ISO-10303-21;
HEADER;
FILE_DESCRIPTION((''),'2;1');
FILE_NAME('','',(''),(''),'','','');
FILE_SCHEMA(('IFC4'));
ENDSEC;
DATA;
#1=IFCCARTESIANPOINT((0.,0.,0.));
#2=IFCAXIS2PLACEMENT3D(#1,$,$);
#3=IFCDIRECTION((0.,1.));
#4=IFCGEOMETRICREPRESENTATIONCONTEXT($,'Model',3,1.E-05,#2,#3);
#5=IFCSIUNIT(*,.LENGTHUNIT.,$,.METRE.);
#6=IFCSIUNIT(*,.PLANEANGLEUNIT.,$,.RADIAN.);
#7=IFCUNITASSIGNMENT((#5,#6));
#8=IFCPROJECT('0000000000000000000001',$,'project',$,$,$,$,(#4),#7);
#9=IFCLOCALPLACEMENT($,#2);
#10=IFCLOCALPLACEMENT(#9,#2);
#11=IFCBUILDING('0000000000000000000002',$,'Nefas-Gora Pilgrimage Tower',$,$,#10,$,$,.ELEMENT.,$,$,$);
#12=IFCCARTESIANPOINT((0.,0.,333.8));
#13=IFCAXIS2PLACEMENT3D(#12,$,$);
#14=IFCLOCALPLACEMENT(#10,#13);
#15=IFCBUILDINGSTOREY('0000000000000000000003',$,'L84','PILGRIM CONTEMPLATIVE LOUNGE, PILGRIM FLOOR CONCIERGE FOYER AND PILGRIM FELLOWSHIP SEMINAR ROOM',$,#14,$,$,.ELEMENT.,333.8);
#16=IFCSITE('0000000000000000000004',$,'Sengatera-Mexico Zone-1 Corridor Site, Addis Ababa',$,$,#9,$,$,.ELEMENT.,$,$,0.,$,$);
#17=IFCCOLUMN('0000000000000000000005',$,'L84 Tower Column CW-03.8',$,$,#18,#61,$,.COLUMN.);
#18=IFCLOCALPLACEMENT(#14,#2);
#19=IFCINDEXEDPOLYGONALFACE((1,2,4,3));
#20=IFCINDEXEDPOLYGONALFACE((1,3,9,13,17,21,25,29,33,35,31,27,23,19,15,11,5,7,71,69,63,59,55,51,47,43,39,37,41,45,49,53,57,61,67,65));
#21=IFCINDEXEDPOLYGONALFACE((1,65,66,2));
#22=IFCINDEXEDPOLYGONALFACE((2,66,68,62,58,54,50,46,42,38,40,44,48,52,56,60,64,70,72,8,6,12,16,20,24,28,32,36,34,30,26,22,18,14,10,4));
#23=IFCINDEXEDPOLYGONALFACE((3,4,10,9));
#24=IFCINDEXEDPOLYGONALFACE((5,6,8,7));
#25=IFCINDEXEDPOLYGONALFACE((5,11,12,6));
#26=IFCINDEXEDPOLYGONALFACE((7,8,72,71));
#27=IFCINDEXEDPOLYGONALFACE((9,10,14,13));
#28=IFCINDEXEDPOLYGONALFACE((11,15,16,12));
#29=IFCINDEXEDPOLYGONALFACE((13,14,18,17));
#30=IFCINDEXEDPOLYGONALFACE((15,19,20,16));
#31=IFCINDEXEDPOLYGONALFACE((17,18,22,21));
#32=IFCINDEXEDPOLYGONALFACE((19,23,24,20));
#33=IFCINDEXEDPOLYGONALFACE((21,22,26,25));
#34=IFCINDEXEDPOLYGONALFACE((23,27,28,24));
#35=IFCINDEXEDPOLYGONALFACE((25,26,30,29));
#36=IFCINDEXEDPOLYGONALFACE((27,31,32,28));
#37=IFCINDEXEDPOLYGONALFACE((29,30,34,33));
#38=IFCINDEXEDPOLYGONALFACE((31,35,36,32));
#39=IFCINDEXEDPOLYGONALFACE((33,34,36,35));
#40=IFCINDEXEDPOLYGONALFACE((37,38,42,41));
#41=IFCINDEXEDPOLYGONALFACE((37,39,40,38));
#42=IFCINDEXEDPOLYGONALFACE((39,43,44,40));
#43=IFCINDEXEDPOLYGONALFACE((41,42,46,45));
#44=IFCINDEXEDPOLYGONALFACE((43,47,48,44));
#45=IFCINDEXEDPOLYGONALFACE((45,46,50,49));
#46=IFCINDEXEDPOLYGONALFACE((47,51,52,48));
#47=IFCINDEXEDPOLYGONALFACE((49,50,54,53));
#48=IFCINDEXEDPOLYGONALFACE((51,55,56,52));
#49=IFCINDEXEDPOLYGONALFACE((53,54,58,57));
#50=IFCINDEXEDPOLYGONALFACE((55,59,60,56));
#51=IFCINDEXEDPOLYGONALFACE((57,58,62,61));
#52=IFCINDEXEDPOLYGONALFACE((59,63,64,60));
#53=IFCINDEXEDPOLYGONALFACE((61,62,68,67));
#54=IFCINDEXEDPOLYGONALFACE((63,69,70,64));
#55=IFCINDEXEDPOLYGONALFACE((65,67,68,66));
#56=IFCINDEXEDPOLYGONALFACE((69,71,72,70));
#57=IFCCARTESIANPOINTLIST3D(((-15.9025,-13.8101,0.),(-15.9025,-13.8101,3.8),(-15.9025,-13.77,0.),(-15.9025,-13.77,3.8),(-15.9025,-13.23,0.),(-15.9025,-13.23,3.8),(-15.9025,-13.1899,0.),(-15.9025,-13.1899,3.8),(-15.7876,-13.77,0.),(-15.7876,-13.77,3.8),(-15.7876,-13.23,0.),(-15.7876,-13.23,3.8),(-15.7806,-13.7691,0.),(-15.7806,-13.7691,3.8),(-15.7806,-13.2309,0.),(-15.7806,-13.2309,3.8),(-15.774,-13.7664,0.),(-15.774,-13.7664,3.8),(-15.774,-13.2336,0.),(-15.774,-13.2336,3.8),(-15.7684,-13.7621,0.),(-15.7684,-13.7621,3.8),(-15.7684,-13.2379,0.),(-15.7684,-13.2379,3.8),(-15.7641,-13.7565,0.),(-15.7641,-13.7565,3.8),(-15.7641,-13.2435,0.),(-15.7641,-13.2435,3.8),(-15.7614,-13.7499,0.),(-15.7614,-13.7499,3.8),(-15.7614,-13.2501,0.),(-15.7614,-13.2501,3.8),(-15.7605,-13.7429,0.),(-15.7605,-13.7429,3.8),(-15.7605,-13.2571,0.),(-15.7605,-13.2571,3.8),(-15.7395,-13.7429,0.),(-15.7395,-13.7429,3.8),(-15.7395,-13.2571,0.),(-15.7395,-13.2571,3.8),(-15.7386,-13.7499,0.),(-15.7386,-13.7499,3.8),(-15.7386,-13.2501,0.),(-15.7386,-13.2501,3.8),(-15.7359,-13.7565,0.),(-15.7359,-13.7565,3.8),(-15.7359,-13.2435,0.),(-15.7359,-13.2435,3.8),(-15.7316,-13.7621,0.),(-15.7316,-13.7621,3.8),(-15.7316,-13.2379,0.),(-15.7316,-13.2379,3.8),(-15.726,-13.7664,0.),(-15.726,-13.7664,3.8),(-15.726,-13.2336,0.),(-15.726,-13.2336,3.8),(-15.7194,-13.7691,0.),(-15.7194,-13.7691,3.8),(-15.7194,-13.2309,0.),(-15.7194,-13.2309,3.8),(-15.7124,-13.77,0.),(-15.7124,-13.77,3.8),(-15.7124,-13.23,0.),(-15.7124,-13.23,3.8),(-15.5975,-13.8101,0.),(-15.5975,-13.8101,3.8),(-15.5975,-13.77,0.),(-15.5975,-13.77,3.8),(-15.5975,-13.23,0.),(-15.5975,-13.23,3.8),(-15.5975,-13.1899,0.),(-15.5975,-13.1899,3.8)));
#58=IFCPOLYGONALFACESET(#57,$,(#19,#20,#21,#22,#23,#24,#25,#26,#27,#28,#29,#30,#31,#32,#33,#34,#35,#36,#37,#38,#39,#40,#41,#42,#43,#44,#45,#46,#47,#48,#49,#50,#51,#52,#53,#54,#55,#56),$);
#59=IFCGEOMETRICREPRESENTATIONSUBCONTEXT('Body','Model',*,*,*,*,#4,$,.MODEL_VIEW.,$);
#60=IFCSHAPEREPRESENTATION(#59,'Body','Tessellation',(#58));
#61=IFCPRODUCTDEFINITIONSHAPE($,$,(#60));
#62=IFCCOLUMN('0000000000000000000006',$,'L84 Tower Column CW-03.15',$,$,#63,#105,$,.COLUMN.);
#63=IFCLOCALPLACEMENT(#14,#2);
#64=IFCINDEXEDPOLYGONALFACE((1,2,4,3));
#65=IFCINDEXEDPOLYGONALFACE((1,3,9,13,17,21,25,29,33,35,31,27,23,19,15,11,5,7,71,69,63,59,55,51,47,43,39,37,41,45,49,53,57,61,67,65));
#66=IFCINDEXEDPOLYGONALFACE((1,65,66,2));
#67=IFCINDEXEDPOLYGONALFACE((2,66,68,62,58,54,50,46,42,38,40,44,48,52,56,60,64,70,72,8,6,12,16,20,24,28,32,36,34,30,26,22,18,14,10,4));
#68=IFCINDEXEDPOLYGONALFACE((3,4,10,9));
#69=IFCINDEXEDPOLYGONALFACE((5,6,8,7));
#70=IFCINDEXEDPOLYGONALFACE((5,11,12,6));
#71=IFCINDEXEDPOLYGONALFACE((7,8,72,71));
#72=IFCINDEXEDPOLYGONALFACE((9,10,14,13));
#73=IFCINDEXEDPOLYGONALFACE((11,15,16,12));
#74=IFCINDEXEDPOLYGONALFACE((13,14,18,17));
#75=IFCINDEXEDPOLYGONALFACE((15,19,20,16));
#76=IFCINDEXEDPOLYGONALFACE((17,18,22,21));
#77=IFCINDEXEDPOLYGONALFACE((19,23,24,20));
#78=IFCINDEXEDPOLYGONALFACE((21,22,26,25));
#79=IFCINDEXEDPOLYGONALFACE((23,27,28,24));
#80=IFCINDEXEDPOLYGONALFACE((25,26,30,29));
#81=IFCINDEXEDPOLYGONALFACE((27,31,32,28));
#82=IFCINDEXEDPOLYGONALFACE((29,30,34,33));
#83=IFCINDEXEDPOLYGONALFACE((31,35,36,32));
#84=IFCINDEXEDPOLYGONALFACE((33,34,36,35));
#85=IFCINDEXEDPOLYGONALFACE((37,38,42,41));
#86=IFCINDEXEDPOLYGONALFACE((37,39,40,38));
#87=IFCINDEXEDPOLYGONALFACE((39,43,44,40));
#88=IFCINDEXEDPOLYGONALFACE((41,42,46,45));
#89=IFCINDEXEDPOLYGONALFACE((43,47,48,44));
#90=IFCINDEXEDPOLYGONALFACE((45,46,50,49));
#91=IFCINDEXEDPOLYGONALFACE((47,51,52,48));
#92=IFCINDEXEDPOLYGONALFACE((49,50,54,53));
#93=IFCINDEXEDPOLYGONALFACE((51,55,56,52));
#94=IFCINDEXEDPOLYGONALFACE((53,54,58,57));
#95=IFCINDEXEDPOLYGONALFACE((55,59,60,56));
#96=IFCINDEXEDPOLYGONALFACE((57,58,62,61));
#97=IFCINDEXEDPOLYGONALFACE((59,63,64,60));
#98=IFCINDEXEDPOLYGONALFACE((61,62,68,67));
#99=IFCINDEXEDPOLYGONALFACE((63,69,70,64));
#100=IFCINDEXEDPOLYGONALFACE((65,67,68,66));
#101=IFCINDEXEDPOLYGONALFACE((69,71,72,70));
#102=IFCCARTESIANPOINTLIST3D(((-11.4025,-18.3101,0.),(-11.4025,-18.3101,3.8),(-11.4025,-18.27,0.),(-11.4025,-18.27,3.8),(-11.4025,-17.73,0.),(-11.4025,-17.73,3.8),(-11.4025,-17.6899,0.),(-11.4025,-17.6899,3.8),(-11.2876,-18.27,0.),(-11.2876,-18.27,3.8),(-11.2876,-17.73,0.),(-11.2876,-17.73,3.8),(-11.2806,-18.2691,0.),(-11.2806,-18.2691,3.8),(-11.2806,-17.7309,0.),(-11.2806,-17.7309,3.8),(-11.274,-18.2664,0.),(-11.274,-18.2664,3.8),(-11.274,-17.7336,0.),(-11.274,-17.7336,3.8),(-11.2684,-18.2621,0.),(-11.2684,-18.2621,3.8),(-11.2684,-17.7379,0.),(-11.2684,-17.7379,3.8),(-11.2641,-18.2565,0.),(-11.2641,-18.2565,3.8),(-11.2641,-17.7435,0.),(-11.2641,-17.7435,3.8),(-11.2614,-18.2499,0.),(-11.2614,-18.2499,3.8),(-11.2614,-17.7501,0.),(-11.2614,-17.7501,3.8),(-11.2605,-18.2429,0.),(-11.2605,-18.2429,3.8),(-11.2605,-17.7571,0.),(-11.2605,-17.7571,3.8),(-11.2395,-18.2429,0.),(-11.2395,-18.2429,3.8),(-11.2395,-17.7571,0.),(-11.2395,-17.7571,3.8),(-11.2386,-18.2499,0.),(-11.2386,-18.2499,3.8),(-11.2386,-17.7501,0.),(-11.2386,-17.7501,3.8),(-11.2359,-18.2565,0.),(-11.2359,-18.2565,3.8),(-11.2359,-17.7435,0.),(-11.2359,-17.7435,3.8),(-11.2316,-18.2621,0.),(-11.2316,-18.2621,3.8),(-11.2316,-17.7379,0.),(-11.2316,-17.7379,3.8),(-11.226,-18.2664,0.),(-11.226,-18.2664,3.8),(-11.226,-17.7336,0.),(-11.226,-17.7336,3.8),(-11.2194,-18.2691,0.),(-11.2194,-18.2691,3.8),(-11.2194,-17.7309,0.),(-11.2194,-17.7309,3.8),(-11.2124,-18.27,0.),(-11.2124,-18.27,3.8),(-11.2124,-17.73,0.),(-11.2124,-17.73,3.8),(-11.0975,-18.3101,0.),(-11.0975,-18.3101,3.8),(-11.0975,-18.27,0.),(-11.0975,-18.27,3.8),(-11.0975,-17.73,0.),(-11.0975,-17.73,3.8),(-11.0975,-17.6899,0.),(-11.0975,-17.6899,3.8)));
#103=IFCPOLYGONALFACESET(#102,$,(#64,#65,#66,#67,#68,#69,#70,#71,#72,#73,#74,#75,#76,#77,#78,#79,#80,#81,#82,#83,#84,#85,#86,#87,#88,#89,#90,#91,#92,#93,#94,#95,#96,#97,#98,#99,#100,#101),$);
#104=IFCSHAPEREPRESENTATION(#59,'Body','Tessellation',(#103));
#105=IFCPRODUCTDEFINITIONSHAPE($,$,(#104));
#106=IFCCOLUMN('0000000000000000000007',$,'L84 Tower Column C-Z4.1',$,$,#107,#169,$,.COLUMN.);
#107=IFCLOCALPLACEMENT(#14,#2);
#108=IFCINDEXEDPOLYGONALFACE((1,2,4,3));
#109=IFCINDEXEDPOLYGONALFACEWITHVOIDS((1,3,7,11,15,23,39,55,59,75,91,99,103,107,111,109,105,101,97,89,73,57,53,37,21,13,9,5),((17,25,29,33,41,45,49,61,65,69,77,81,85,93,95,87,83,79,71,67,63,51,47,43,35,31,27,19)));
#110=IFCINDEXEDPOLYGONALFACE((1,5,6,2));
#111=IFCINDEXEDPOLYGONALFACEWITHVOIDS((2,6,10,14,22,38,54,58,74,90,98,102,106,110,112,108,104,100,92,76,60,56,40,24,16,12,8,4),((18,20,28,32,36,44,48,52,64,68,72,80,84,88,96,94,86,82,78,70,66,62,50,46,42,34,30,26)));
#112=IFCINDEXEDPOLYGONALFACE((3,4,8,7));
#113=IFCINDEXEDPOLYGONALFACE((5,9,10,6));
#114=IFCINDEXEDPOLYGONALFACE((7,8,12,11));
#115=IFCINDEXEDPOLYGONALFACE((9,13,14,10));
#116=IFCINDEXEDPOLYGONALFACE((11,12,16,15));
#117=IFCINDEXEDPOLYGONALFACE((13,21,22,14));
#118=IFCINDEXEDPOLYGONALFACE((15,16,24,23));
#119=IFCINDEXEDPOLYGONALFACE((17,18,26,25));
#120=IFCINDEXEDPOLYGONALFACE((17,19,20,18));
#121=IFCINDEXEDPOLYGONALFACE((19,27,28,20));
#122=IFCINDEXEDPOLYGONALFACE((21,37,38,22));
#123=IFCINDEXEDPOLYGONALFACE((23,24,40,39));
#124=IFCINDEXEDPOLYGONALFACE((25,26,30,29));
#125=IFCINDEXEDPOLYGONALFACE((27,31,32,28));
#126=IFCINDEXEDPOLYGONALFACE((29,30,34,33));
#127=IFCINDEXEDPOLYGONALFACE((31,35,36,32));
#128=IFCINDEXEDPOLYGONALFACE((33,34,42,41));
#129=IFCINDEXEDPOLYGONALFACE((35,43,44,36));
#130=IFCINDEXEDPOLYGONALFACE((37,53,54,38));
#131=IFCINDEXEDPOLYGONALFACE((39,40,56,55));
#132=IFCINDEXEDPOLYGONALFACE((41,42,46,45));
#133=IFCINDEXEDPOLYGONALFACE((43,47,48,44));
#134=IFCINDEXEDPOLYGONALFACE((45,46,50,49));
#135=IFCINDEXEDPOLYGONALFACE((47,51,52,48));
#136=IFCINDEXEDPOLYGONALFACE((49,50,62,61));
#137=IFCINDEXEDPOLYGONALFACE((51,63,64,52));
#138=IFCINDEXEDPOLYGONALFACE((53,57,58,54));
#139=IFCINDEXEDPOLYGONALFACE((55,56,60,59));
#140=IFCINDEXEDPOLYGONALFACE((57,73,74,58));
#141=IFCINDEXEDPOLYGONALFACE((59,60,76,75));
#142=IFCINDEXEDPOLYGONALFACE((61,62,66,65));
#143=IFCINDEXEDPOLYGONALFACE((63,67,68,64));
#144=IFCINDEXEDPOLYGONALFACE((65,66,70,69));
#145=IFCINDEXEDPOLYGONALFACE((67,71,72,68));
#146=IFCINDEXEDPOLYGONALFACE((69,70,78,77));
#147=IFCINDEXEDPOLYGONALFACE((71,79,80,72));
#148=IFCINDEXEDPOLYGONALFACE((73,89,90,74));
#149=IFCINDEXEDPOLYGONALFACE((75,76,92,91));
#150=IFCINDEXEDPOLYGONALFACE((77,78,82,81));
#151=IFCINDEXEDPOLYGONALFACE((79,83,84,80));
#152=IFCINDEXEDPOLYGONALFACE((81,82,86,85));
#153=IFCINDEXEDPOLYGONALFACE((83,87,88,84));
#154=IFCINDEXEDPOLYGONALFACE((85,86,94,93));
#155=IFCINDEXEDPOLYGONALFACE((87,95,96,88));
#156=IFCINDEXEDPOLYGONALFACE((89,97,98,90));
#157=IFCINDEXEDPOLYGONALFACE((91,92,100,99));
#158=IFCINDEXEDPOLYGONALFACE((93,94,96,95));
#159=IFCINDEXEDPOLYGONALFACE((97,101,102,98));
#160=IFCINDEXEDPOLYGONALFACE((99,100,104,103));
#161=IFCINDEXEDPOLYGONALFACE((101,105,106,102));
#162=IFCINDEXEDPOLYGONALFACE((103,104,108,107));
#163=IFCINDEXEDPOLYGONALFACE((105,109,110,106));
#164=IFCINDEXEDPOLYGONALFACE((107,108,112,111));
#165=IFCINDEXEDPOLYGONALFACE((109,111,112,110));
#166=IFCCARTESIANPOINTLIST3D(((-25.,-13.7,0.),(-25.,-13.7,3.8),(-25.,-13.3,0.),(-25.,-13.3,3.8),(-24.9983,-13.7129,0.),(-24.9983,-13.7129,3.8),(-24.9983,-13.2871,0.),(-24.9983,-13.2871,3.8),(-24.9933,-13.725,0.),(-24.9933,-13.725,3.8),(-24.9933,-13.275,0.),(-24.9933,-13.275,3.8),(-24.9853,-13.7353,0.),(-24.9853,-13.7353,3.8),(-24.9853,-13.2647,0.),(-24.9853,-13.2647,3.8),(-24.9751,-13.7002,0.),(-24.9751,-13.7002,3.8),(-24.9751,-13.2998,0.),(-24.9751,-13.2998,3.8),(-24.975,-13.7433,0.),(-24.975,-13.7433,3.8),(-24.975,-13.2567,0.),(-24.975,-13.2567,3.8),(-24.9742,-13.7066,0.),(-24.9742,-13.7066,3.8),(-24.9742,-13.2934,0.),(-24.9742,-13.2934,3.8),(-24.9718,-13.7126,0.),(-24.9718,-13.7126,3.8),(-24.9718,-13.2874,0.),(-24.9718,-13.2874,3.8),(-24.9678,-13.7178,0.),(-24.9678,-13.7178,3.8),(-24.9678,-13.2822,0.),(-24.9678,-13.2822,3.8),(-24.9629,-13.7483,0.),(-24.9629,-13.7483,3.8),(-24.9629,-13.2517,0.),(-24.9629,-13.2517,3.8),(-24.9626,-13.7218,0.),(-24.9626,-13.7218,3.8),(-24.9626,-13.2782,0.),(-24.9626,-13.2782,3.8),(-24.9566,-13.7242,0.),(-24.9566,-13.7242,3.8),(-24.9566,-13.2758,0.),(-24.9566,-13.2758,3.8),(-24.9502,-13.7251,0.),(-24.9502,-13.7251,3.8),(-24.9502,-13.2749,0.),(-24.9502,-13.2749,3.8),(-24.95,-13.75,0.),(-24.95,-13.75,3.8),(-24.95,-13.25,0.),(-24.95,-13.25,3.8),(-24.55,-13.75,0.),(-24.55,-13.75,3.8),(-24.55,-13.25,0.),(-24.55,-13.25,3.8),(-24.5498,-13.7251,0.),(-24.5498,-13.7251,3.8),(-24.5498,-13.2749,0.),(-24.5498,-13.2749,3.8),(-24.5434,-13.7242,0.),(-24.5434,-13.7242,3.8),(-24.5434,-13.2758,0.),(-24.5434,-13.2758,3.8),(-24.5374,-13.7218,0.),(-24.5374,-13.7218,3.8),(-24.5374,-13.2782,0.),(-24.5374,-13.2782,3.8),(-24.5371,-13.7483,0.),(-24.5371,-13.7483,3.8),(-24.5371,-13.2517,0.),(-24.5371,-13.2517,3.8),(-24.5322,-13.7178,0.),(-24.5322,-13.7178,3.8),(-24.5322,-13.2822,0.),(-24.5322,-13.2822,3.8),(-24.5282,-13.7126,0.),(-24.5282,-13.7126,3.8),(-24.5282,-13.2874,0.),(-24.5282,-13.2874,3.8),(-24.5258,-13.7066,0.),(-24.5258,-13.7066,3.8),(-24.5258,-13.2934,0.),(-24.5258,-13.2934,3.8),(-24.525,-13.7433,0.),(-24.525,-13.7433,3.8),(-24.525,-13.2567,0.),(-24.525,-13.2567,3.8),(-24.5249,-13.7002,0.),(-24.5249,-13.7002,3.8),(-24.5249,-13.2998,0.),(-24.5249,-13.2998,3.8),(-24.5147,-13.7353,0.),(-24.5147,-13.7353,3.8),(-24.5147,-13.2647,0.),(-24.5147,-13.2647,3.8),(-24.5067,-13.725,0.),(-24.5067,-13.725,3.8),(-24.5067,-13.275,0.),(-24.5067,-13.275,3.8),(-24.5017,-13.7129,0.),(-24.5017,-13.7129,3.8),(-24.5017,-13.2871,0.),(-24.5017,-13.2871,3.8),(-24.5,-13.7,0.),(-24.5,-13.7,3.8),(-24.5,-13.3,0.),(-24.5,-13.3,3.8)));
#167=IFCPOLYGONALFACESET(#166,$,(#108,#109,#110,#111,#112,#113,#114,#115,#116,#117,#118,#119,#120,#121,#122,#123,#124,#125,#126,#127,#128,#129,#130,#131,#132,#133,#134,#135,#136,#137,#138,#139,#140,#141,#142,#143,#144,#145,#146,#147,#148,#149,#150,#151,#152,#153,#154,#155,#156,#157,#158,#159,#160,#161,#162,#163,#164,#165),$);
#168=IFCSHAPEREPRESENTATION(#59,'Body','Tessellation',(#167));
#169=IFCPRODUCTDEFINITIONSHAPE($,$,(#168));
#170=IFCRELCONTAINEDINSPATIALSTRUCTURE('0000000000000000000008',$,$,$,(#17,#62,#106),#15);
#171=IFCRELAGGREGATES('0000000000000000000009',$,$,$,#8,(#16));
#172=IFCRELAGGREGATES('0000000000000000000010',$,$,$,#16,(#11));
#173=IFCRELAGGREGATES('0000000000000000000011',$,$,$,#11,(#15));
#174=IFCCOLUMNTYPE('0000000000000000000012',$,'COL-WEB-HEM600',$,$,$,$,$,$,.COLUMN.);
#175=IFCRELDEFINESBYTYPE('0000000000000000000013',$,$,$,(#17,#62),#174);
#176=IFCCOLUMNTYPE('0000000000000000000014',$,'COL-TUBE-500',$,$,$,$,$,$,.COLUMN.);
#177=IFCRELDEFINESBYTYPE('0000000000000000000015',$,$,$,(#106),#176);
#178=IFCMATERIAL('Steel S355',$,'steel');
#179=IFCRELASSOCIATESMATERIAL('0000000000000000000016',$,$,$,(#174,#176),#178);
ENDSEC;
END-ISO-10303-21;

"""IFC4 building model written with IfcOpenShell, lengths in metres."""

from ifc_helpers import new_model, si_unit, direction, frame, origin, origin_2d, place, context, subcontext, project, spatial, hollow_rectangle, i_section, extrude, source, transform, mapped, material, material_profile, profile_set, type_object, element, save


model = new_model("IFC4")

# Units and contexts
model_context = context("Model", 3, precision=1e-05, world=origin(), true_north=direction((0.0, 1.0)))
body_context = subcontext(model_context, "Body", "Model", "MODEL_VIEW")
ifc_project = project(units=[si_unit("LENGTHUNIT", "METRE"), si_unit("PLANEANGLEUNIT", "RADIAN")], contexts=[model_context])

# Site, building, storey
site_placement = place(None, origin())
site = spatial("IfcSite", under=ifc_project, at=site_placement, Name="Sengatera-Mexico Zone-1 Corridor Site, Addis Ababa", CompositionType="ELEMENT", RefElevation=0.0)
building_placement = place(site_placement, origin())
building = spatial("IfcBuilding", under=site, at=building_placement, Name="Nefas-Gora Pilgrimage Tower", CompositionType="ELEMENT")
storey_placement = place(building_placement, frame((0.0, 0.0, 333.8)))
storey = spatial("IfcBuildingStorey", under=building, at=storey_placement, Name="L84", Description="PILGRIM CONTEMPLATIVE LOUNGE, PILGRIM FLOOR CONCIERGE FOYER AND PILGRIM FELLOWSHIP SEMINAR ROOM", CompositionType="ELEMENT", Elevation=333.8)

# Columns
ifc_material_1 = material(Name="Steel S355", Category="steel")
ifc_material_profile_1 = material_profile(ifc_material_1, i_section(OverallWidth=0.3049, OverallDepth=0.6201, WebThickness=0.021, FlangeThickness=0.04, FilletRadius=0.0271, at=origin_2d()), Name="HEM 600")
ifc_profile_set_1 = profile_set([ifc_material_profile_1], Name="Steel S355")
column_type_1 = type_object("IfcColumnType", Name="COL-WEB-HEM600", PredefinedType="COLUMN", material=ifc_profile_set_1)
shared_shape_1 = source(origin(), body_context, "Body", "SweptSolid", [
    extrude(i_section(OverallWidth=0.3049, OverallDepth=0.6201, WebThickness=0.021, FlangeThickness=0.04, FilletRadius=0.0271, at=origin_2d()), origin(), (0.0, 0.0, 1.0), 3.8),
])
for number, where, z_axis, x_axis, name in (
    (1, (-15.75, -13.5, 0.0), (0.0, 0.0, 1.0), (1.0, 0.0, 0.0), "L84 Tower Column CW-03.8"),
    (2, (-11.25, -18.0, 0.0), (0.0, 0.0, 1.0), (1.0, 0.0, 0.0), "L84 Tower Column CW-03.15"),
):
    element("IfcColumn", number, at=place(storey_placement, frame(where, z_axis=z_axis, x_axis=x_axis)), inside=storey, type_object=column_type_1, Name=name, PredefinedType="COLUMN", context=body_context, shape_type="MappedRepresentation", body=[
        mapped(shared_shape_1, transform((0.0, 0.0, 0.0), x_axis=(1.0, 0.0, 0.0), y_axis=(0.0, 1.0, 0.0), z_axis=(0.0, 0.0, 1.0), scale=1.0)),
    ])
ifc_material_profile_2 = material_profile(ifc_material_1, hollow_rectangle(XDim=0.5, YDim=0.5, WallThickness=0.0249, InnerFilletRadius=0.0249, OuterFilletRadius=0.05, at=origin_2d()), Name="SHS 500x500x25")
ifc_profile_set_2 = profile_set([ifc_material_profile_2], Name="Steel S355")
column_type_2 = type_object("IfcColumnType", Name="COL-TUBE-500", PredefinedType="COLUMN", material=ifc_profile_set_2)
shared_shape_2 = source(origin(), body_context, "Body", "SweptSolid", [
    extrude(hollow_rectangle(XDim=0.5, YDim=0.5, WallThickness=0.0249, InnerFilletRadius=0.0249, OuterFilletRadius=0.05, at=origin_2d()), origin(), (0.0, 0.0, 1.0), 3.8),
])
column_placement = place(storey_placement, frame((-24.75, -13.5, 0.0), z_axis=(0.0, 0.0, 1.0), x_axis=(1.0, 0.0, 0.0)))
element("IfcColumn", 3, at=column_placement, inside=storey, type_object=column_type_2, Name="L84 Tower Column C-Z4.1", PredefinedType="COLUMN", context=body_context, shape_type="MappedRepresentation", body=[
    mapped(shared_shape_2, transform((0.0, 0.0, 0.0), x_axis=(1.0, 0.0, 0.0), y_axis=(0.0, 1.0, 0.0), z_axis=(0.0, 0.0, 1.0), scale=1.0)),
])

save(model, "model.ifc")
